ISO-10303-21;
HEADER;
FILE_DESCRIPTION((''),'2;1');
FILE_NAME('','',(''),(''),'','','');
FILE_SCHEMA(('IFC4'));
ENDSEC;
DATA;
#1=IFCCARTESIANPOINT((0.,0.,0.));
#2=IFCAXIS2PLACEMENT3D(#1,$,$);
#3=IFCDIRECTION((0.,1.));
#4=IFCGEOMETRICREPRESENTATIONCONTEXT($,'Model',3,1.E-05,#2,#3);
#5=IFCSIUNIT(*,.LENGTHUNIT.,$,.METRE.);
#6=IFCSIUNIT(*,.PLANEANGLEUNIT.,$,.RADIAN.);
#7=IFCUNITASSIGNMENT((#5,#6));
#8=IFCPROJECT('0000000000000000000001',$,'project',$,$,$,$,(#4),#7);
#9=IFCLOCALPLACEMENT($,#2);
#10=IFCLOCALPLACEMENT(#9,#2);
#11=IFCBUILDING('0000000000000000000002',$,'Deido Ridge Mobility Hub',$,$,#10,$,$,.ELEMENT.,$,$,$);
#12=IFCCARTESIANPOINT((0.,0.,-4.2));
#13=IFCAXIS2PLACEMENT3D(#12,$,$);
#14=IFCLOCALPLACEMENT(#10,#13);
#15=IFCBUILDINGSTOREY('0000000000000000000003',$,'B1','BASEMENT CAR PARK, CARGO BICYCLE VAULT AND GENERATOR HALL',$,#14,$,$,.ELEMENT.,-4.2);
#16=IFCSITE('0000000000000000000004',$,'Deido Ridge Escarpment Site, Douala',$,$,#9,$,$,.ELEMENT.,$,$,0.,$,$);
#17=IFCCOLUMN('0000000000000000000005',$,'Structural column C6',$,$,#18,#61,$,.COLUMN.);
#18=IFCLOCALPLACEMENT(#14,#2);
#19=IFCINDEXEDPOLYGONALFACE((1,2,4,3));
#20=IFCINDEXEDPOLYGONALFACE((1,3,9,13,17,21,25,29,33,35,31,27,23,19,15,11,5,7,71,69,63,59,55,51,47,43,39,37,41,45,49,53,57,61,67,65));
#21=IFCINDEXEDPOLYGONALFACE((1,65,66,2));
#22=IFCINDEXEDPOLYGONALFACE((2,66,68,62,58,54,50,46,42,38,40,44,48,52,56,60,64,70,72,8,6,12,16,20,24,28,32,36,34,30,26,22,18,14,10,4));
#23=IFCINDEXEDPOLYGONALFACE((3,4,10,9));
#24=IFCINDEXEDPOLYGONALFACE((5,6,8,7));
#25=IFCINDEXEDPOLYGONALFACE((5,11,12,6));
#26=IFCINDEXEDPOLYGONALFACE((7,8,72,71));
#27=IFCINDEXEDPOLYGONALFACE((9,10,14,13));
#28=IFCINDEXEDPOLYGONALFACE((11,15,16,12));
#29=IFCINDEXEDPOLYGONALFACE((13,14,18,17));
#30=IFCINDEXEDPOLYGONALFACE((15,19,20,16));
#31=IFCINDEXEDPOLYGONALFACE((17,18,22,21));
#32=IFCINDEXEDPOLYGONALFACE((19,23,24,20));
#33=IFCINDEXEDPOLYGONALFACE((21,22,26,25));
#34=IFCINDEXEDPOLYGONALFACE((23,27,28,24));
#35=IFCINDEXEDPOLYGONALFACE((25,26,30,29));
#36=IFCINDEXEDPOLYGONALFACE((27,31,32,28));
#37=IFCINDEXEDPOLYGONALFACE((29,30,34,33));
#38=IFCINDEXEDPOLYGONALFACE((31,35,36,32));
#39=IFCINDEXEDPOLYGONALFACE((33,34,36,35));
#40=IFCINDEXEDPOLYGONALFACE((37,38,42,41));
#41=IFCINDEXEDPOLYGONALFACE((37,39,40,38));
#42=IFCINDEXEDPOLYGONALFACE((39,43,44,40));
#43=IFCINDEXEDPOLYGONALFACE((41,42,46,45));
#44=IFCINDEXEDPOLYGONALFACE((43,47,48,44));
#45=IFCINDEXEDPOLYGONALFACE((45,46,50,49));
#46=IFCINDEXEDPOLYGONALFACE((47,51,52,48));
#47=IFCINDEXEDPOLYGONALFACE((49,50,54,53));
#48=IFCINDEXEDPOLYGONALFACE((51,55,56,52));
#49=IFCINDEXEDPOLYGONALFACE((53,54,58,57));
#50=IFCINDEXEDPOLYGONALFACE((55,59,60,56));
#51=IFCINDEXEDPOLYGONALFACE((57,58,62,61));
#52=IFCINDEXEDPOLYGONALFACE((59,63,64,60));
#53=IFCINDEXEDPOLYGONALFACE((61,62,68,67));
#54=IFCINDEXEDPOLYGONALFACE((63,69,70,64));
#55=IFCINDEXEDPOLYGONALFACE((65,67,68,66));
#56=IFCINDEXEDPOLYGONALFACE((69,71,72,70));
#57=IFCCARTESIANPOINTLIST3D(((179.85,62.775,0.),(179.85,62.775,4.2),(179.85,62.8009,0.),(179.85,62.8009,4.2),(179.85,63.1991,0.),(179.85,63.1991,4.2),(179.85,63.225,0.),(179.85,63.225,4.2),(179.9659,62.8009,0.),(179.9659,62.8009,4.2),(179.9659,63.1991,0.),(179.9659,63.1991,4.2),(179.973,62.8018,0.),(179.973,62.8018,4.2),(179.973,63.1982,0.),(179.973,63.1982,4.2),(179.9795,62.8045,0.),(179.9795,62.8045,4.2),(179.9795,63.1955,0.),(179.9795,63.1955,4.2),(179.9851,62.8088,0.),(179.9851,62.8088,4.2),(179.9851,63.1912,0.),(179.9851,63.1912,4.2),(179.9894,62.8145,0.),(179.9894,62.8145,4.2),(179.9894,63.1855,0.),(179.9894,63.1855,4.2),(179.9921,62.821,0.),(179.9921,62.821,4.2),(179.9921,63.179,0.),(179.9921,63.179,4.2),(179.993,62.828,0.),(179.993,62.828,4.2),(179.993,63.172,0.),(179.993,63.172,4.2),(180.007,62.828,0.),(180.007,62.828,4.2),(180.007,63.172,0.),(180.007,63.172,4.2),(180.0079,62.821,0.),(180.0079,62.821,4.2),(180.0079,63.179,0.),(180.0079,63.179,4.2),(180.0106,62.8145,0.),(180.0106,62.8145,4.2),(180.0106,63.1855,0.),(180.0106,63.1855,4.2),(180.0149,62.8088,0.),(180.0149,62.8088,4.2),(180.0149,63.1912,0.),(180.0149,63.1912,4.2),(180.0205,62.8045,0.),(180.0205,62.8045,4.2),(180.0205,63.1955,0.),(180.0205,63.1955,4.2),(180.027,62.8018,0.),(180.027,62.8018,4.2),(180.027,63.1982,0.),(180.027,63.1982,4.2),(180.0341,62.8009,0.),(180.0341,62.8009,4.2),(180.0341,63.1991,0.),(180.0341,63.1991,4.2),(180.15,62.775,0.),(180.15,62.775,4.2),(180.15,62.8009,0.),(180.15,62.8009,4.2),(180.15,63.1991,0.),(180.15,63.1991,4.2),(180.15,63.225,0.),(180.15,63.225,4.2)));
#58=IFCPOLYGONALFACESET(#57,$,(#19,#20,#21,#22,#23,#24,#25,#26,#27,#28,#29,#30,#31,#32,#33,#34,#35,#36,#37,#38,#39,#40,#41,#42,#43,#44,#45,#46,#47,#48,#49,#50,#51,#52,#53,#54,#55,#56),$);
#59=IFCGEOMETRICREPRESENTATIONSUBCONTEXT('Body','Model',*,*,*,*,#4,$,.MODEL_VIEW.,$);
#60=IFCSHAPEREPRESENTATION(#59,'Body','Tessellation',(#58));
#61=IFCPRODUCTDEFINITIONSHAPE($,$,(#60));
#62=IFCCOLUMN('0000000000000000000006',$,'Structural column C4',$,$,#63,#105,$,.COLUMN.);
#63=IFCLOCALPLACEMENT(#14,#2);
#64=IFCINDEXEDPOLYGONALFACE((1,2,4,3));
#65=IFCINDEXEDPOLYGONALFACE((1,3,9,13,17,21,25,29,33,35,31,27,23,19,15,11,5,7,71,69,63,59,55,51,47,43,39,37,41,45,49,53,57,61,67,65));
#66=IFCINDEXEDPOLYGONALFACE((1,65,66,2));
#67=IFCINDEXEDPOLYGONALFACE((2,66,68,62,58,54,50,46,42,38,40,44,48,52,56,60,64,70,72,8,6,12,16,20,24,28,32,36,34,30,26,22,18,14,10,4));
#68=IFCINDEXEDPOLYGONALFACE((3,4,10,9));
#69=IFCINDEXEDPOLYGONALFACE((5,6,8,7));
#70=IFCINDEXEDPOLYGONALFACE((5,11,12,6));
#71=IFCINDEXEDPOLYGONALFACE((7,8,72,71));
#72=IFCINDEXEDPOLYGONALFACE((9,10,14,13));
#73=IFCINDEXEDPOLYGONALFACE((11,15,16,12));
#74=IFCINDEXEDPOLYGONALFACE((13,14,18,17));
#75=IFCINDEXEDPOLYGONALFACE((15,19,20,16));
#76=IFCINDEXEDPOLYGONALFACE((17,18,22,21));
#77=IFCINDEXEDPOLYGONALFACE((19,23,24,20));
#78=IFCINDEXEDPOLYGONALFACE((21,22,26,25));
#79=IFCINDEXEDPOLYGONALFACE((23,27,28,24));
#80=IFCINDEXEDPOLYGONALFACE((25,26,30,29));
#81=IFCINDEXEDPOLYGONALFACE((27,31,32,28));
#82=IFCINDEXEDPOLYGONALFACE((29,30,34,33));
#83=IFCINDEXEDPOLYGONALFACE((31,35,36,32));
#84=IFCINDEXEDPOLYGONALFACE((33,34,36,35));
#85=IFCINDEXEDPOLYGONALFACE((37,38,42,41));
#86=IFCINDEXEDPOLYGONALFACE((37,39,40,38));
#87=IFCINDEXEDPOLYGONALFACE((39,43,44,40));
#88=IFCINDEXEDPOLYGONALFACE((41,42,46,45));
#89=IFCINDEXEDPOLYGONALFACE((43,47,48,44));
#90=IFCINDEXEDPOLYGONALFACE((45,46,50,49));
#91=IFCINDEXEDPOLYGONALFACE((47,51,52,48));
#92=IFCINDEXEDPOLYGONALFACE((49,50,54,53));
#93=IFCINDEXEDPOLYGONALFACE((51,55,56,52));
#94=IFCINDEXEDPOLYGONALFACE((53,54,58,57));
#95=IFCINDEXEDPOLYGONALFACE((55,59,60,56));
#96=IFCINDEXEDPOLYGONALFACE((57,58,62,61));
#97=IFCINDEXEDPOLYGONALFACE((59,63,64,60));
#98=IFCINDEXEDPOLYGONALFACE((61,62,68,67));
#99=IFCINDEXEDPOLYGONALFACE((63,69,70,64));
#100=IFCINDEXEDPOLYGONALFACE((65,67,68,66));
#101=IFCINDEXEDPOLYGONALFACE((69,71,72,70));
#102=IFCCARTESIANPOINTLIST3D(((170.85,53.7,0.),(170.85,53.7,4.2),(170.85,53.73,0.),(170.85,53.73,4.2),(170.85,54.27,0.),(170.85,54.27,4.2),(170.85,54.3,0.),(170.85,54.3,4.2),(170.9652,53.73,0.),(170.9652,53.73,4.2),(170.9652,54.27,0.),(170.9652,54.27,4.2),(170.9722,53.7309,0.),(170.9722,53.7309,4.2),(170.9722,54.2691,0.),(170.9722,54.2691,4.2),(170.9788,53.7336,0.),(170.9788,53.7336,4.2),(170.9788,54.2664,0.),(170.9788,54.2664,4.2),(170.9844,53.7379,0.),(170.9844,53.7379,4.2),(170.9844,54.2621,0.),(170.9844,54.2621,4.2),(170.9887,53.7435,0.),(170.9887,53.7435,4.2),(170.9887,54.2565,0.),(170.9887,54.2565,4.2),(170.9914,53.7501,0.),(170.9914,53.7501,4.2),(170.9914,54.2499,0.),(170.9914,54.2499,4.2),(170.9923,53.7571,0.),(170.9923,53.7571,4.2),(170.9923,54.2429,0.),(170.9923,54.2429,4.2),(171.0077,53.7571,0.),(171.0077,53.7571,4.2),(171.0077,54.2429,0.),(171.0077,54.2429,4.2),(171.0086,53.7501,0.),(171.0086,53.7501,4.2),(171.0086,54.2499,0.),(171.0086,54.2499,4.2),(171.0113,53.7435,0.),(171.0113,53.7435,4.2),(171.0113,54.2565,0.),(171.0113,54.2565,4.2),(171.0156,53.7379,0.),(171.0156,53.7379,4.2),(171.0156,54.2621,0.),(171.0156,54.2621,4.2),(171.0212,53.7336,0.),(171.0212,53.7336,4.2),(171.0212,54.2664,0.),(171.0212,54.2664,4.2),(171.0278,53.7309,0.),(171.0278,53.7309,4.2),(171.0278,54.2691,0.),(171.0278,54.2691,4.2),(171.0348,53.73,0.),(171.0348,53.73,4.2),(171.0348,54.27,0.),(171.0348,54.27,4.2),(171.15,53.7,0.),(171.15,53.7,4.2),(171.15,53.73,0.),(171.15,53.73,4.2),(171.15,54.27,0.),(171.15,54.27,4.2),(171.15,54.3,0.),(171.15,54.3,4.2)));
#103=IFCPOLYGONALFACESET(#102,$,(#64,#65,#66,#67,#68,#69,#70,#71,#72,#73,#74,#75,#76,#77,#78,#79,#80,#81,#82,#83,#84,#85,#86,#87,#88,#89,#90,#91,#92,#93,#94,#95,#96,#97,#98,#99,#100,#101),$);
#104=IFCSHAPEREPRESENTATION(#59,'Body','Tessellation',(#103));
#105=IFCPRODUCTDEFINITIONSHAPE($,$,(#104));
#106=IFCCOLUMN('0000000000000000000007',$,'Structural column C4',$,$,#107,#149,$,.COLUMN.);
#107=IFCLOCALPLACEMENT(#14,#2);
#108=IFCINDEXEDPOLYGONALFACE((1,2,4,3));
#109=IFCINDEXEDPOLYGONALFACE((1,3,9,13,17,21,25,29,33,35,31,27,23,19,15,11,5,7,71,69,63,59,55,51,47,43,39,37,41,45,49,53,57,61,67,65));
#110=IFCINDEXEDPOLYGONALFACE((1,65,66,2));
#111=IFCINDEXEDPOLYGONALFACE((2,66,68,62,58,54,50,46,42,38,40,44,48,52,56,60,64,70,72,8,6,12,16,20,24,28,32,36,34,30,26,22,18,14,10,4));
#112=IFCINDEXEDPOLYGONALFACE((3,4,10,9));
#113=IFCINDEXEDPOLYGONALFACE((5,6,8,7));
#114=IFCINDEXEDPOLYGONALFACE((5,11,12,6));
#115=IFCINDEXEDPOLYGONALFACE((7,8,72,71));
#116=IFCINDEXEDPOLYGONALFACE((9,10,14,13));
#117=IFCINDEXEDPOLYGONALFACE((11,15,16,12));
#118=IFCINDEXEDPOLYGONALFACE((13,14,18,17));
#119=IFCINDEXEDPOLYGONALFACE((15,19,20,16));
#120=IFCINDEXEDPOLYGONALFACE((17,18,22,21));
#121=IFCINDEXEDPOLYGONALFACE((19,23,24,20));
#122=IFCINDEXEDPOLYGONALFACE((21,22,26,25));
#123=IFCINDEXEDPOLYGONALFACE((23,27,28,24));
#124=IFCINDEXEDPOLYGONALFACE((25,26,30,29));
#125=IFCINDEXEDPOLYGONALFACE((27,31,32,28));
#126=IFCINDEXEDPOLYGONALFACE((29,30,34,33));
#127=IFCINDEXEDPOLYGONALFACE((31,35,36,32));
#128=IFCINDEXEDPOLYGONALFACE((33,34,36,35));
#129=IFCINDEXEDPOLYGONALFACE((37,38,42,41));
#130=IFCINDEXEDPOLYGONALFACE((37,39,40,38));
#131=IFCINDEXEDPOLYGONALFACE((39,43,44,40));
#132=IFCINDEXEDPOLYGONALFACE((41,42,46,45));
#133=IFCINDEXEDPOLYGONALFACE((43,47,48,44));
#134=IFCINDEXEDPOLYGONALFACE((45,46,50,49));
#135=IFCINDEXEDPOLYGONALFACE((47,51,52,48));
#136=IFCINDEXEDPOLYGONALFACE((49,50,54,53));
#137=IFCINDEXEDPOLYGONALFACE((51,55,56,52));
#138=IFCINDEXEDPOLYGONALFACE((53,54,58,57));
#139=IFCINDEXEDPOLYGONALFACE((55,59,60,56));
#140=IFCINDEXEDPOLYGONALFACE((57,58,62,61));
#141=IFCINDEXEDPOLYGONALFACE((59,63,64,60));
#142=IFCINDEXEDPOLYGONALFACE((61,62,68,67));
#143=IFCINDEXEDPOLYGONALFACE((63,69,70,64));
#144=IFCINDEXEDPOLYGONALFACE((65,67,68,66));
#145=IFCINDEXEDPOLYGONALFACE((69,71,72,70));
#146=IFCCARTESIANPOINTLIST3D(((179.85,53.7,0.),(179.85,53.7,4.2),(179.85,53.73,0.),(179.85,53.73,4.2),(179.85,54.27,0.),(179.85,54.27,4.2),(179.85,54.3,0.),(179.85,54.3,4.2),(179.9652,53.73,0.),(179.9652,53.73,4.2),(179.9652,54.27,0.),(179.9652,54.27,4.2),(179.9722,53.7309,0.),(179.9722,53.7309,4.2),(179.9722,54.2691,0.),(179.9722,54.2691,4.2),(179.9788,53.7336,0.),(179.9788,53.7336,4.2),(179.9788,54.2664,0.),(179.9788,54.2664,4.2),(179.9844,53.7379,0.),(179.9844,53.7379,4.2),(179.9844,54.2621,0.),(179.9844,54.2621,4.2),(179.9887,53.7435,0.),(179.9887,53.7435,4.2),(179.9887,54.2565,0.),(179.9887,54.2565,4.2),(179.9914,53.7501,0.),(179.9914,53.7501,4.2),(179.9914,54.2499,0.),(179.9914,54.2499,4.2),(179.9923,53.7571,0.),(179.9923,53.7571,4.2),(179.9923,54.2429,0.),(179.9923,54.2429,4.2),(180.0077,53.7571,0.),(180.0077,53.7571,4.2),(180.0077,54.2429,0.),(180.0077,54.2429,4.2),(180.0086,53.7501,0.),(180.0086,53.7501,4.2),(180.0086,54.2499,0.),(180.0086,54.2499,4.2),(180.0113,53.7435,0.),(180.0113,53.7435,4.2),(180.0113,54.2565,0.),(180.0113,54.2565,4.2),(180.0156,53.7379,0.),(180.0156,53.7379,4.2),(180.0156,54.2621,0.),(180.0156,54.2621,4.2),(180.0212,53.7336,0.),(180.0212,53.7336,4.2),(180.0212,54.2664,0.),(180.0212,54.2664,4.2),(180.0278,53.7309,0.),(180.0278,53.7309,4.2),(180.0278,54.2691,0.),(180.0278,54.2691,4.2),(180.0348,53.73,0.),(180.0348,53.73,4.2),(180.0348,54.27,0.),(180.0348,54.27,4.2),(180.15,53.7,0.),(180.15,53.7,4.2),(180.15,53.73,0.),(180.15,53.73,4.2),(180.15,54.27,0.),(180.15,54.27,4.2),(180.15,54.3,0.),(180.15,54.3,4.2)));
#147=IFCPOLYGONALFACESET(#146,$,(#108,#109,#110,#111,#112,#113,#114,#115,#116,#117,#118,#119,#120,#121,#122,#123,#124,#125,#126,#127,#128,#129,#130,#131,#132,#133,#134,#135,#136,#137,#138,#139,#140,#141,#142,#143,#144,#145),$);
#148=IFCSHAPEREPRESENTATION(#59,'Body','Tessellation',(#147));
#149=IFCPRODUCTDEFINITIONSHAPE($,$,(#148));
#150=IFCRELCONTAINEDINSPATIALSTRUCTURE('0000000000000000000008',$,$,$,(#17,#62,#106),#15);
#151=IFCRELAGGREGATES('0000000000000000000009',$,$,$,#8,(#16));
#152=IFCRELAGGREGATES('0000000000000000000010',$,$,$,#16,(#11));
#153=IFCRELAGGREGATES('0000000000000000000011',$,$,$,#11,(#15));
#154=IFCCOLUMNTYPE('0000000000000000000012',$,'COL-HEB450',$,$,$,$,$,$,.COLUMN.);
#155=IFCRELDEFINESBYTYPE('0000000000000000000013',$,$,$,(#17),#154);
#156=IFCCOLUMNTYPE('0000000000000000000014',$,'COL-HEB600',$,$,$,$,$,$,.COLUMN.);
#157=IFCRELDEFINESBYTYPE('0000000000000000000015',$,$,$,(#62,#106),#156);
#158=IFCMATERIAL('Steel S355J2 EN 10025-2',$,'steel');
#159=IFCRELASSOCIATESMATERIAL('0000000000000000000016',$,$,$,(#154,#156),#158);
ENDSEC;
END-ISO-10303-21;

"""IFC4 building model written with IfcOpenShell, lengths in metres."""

from ifc_helpers import new_model, si_unit, direction, frame, origin, origin_2d, place, context, subcontext, project, spatial, i_section, extrude, material, material_profile, profile_set, type_object, element, save


model = new_model("IFC4")

# Units and contexts
model_context = context("Model", 3, precision=1e-05, world=origin(), true_north=direction((0.0, 1.0)))
body_context = subcontext(model_context, "Body", "Model", "MODEL_VIEW")
ifc_project = project(units=[si_unit("LENGTHUNIT", "METRE"), si_unit("PLANEANGLEUNIT", "RADIAN")], contexts=[model_context])

# Site, building, storey
site_placement = place(None, origin())
site = spatial("IfcSite", under=ifc_project, at=site_placement, Name="Deido Ridge Escarpment Site, Douala", CompositionType="ELEMENT", RefElevation=0.0)
building_placement = place(site_placement, origin())
building = spatial("IfcBuilding", under=site, at=building_placement, Name="Deido Ridge Mobility Hub", CompositionType="ELEMENT")
storey_placement = place(building_placement, frame((0.0, 0.0, -4.2)))
storey = spatial("IfcBuildingStorey", under=building, at=storey_placement, Name="B1", Description="BASEMENT CAR PARK, CARGO BICYCLE VAULT AND GENERATOR HALL", CompositionType="ELEMENT", Elevation=-4.2)

# Columns
ifc_material_1 = material(Name="Steel S355J2 EN 10025-2", Category="steel")
ifc_material_profile_1 = material_profile(ifc_material_1, i_section(OverallWidth=0.3, OverallDepth=0.45, WebThickness=0.0139, FlangeThickness=0.0259, FilletRadius=0.0271, at=origin_2d()), Name="HEB 450")
ifc_profile_set_1 = profile_set([ifc_material_profile_1], Name="Steel S355J2 EN 10025-2")
column_type_1 = type_object("IfcColumnType", Name="COL-HEB450", PredefinedType="COLUMN", material=ifc_profile_set_1)
for number, where, z_axis, x_axis, name in (
    (1, (180.0, 63.0, 0.0), (0.0, 0.0, 1.0), (1.0, 0.0, 0.0), "Structural column C6"),
):
    element("IfcColumn", number, at=place(storey_placement, frame(where, z_axis=z_axis, x_axis=x_axis)), inside=storey, type_object=column_type_1, Name=name, PredefinedType="COLUMN", context=body_context, shape_type="SweptSolid", body=[
        extrude(i_section(OverallWidth=0.3, OverallDepth=0.45, WebThickness=0.0139, FlangeThickness=0.0259, FilletRadius=0.0271, at=origin_2d()), origin(), (0.0, 0.0, 1.0), 4.2),
    ])
ifc_material_profile_2 = material_profile(ifc_material_1, i_section(OverallWidth=0.3, OverallDepth=0.6001, WebThickness=0.0154, FlangeThickness=0.03, FilletRadius=0.0271, at=origin_2d()), Name="HEB 600")
ifc_profile_set_2 = profile_set([ifc_material_profile_2], Name="Steel S355J2 EN 10025-2")
column_type_2 = type_object("IfcColumnType", Name="COL-HEB600", PredefinedType="COLUMN", material=ifc_profile_set_2)
for number, where, z_axis, x_axis, name in (
    (2, (171.0, 54.0, 0.0), (0.0, 0.0, 1.0), (1.0, 0.0, 0.0), "Structural column C4"),
    (3, (180.0, 54.0, 0.0), (0.0, 0.0, 1.0), (1.0, 0.0, 0.0), "Structural column C4"),
):
    element("IfcColumn", number, at=place(storey_placement, frame(where, z_axis=z_axis, x_axis=x_axis)), inside=storey, type_object=column_type_2, Name=name, PredefinedType="COLUMN", context=body_context, shape_type="SweptSolid", body=[
        extrude(i_section(OverallWidth=0.3, OverallDepth=0.6001, WebThickness=0.0154, FlangeThickness=0.03, FilletRadius=0.0271, at=origin_2d()), origin(), (0.0, 0.0, 1.0), 4.2),
    ])

save(model, "model.ifc")
